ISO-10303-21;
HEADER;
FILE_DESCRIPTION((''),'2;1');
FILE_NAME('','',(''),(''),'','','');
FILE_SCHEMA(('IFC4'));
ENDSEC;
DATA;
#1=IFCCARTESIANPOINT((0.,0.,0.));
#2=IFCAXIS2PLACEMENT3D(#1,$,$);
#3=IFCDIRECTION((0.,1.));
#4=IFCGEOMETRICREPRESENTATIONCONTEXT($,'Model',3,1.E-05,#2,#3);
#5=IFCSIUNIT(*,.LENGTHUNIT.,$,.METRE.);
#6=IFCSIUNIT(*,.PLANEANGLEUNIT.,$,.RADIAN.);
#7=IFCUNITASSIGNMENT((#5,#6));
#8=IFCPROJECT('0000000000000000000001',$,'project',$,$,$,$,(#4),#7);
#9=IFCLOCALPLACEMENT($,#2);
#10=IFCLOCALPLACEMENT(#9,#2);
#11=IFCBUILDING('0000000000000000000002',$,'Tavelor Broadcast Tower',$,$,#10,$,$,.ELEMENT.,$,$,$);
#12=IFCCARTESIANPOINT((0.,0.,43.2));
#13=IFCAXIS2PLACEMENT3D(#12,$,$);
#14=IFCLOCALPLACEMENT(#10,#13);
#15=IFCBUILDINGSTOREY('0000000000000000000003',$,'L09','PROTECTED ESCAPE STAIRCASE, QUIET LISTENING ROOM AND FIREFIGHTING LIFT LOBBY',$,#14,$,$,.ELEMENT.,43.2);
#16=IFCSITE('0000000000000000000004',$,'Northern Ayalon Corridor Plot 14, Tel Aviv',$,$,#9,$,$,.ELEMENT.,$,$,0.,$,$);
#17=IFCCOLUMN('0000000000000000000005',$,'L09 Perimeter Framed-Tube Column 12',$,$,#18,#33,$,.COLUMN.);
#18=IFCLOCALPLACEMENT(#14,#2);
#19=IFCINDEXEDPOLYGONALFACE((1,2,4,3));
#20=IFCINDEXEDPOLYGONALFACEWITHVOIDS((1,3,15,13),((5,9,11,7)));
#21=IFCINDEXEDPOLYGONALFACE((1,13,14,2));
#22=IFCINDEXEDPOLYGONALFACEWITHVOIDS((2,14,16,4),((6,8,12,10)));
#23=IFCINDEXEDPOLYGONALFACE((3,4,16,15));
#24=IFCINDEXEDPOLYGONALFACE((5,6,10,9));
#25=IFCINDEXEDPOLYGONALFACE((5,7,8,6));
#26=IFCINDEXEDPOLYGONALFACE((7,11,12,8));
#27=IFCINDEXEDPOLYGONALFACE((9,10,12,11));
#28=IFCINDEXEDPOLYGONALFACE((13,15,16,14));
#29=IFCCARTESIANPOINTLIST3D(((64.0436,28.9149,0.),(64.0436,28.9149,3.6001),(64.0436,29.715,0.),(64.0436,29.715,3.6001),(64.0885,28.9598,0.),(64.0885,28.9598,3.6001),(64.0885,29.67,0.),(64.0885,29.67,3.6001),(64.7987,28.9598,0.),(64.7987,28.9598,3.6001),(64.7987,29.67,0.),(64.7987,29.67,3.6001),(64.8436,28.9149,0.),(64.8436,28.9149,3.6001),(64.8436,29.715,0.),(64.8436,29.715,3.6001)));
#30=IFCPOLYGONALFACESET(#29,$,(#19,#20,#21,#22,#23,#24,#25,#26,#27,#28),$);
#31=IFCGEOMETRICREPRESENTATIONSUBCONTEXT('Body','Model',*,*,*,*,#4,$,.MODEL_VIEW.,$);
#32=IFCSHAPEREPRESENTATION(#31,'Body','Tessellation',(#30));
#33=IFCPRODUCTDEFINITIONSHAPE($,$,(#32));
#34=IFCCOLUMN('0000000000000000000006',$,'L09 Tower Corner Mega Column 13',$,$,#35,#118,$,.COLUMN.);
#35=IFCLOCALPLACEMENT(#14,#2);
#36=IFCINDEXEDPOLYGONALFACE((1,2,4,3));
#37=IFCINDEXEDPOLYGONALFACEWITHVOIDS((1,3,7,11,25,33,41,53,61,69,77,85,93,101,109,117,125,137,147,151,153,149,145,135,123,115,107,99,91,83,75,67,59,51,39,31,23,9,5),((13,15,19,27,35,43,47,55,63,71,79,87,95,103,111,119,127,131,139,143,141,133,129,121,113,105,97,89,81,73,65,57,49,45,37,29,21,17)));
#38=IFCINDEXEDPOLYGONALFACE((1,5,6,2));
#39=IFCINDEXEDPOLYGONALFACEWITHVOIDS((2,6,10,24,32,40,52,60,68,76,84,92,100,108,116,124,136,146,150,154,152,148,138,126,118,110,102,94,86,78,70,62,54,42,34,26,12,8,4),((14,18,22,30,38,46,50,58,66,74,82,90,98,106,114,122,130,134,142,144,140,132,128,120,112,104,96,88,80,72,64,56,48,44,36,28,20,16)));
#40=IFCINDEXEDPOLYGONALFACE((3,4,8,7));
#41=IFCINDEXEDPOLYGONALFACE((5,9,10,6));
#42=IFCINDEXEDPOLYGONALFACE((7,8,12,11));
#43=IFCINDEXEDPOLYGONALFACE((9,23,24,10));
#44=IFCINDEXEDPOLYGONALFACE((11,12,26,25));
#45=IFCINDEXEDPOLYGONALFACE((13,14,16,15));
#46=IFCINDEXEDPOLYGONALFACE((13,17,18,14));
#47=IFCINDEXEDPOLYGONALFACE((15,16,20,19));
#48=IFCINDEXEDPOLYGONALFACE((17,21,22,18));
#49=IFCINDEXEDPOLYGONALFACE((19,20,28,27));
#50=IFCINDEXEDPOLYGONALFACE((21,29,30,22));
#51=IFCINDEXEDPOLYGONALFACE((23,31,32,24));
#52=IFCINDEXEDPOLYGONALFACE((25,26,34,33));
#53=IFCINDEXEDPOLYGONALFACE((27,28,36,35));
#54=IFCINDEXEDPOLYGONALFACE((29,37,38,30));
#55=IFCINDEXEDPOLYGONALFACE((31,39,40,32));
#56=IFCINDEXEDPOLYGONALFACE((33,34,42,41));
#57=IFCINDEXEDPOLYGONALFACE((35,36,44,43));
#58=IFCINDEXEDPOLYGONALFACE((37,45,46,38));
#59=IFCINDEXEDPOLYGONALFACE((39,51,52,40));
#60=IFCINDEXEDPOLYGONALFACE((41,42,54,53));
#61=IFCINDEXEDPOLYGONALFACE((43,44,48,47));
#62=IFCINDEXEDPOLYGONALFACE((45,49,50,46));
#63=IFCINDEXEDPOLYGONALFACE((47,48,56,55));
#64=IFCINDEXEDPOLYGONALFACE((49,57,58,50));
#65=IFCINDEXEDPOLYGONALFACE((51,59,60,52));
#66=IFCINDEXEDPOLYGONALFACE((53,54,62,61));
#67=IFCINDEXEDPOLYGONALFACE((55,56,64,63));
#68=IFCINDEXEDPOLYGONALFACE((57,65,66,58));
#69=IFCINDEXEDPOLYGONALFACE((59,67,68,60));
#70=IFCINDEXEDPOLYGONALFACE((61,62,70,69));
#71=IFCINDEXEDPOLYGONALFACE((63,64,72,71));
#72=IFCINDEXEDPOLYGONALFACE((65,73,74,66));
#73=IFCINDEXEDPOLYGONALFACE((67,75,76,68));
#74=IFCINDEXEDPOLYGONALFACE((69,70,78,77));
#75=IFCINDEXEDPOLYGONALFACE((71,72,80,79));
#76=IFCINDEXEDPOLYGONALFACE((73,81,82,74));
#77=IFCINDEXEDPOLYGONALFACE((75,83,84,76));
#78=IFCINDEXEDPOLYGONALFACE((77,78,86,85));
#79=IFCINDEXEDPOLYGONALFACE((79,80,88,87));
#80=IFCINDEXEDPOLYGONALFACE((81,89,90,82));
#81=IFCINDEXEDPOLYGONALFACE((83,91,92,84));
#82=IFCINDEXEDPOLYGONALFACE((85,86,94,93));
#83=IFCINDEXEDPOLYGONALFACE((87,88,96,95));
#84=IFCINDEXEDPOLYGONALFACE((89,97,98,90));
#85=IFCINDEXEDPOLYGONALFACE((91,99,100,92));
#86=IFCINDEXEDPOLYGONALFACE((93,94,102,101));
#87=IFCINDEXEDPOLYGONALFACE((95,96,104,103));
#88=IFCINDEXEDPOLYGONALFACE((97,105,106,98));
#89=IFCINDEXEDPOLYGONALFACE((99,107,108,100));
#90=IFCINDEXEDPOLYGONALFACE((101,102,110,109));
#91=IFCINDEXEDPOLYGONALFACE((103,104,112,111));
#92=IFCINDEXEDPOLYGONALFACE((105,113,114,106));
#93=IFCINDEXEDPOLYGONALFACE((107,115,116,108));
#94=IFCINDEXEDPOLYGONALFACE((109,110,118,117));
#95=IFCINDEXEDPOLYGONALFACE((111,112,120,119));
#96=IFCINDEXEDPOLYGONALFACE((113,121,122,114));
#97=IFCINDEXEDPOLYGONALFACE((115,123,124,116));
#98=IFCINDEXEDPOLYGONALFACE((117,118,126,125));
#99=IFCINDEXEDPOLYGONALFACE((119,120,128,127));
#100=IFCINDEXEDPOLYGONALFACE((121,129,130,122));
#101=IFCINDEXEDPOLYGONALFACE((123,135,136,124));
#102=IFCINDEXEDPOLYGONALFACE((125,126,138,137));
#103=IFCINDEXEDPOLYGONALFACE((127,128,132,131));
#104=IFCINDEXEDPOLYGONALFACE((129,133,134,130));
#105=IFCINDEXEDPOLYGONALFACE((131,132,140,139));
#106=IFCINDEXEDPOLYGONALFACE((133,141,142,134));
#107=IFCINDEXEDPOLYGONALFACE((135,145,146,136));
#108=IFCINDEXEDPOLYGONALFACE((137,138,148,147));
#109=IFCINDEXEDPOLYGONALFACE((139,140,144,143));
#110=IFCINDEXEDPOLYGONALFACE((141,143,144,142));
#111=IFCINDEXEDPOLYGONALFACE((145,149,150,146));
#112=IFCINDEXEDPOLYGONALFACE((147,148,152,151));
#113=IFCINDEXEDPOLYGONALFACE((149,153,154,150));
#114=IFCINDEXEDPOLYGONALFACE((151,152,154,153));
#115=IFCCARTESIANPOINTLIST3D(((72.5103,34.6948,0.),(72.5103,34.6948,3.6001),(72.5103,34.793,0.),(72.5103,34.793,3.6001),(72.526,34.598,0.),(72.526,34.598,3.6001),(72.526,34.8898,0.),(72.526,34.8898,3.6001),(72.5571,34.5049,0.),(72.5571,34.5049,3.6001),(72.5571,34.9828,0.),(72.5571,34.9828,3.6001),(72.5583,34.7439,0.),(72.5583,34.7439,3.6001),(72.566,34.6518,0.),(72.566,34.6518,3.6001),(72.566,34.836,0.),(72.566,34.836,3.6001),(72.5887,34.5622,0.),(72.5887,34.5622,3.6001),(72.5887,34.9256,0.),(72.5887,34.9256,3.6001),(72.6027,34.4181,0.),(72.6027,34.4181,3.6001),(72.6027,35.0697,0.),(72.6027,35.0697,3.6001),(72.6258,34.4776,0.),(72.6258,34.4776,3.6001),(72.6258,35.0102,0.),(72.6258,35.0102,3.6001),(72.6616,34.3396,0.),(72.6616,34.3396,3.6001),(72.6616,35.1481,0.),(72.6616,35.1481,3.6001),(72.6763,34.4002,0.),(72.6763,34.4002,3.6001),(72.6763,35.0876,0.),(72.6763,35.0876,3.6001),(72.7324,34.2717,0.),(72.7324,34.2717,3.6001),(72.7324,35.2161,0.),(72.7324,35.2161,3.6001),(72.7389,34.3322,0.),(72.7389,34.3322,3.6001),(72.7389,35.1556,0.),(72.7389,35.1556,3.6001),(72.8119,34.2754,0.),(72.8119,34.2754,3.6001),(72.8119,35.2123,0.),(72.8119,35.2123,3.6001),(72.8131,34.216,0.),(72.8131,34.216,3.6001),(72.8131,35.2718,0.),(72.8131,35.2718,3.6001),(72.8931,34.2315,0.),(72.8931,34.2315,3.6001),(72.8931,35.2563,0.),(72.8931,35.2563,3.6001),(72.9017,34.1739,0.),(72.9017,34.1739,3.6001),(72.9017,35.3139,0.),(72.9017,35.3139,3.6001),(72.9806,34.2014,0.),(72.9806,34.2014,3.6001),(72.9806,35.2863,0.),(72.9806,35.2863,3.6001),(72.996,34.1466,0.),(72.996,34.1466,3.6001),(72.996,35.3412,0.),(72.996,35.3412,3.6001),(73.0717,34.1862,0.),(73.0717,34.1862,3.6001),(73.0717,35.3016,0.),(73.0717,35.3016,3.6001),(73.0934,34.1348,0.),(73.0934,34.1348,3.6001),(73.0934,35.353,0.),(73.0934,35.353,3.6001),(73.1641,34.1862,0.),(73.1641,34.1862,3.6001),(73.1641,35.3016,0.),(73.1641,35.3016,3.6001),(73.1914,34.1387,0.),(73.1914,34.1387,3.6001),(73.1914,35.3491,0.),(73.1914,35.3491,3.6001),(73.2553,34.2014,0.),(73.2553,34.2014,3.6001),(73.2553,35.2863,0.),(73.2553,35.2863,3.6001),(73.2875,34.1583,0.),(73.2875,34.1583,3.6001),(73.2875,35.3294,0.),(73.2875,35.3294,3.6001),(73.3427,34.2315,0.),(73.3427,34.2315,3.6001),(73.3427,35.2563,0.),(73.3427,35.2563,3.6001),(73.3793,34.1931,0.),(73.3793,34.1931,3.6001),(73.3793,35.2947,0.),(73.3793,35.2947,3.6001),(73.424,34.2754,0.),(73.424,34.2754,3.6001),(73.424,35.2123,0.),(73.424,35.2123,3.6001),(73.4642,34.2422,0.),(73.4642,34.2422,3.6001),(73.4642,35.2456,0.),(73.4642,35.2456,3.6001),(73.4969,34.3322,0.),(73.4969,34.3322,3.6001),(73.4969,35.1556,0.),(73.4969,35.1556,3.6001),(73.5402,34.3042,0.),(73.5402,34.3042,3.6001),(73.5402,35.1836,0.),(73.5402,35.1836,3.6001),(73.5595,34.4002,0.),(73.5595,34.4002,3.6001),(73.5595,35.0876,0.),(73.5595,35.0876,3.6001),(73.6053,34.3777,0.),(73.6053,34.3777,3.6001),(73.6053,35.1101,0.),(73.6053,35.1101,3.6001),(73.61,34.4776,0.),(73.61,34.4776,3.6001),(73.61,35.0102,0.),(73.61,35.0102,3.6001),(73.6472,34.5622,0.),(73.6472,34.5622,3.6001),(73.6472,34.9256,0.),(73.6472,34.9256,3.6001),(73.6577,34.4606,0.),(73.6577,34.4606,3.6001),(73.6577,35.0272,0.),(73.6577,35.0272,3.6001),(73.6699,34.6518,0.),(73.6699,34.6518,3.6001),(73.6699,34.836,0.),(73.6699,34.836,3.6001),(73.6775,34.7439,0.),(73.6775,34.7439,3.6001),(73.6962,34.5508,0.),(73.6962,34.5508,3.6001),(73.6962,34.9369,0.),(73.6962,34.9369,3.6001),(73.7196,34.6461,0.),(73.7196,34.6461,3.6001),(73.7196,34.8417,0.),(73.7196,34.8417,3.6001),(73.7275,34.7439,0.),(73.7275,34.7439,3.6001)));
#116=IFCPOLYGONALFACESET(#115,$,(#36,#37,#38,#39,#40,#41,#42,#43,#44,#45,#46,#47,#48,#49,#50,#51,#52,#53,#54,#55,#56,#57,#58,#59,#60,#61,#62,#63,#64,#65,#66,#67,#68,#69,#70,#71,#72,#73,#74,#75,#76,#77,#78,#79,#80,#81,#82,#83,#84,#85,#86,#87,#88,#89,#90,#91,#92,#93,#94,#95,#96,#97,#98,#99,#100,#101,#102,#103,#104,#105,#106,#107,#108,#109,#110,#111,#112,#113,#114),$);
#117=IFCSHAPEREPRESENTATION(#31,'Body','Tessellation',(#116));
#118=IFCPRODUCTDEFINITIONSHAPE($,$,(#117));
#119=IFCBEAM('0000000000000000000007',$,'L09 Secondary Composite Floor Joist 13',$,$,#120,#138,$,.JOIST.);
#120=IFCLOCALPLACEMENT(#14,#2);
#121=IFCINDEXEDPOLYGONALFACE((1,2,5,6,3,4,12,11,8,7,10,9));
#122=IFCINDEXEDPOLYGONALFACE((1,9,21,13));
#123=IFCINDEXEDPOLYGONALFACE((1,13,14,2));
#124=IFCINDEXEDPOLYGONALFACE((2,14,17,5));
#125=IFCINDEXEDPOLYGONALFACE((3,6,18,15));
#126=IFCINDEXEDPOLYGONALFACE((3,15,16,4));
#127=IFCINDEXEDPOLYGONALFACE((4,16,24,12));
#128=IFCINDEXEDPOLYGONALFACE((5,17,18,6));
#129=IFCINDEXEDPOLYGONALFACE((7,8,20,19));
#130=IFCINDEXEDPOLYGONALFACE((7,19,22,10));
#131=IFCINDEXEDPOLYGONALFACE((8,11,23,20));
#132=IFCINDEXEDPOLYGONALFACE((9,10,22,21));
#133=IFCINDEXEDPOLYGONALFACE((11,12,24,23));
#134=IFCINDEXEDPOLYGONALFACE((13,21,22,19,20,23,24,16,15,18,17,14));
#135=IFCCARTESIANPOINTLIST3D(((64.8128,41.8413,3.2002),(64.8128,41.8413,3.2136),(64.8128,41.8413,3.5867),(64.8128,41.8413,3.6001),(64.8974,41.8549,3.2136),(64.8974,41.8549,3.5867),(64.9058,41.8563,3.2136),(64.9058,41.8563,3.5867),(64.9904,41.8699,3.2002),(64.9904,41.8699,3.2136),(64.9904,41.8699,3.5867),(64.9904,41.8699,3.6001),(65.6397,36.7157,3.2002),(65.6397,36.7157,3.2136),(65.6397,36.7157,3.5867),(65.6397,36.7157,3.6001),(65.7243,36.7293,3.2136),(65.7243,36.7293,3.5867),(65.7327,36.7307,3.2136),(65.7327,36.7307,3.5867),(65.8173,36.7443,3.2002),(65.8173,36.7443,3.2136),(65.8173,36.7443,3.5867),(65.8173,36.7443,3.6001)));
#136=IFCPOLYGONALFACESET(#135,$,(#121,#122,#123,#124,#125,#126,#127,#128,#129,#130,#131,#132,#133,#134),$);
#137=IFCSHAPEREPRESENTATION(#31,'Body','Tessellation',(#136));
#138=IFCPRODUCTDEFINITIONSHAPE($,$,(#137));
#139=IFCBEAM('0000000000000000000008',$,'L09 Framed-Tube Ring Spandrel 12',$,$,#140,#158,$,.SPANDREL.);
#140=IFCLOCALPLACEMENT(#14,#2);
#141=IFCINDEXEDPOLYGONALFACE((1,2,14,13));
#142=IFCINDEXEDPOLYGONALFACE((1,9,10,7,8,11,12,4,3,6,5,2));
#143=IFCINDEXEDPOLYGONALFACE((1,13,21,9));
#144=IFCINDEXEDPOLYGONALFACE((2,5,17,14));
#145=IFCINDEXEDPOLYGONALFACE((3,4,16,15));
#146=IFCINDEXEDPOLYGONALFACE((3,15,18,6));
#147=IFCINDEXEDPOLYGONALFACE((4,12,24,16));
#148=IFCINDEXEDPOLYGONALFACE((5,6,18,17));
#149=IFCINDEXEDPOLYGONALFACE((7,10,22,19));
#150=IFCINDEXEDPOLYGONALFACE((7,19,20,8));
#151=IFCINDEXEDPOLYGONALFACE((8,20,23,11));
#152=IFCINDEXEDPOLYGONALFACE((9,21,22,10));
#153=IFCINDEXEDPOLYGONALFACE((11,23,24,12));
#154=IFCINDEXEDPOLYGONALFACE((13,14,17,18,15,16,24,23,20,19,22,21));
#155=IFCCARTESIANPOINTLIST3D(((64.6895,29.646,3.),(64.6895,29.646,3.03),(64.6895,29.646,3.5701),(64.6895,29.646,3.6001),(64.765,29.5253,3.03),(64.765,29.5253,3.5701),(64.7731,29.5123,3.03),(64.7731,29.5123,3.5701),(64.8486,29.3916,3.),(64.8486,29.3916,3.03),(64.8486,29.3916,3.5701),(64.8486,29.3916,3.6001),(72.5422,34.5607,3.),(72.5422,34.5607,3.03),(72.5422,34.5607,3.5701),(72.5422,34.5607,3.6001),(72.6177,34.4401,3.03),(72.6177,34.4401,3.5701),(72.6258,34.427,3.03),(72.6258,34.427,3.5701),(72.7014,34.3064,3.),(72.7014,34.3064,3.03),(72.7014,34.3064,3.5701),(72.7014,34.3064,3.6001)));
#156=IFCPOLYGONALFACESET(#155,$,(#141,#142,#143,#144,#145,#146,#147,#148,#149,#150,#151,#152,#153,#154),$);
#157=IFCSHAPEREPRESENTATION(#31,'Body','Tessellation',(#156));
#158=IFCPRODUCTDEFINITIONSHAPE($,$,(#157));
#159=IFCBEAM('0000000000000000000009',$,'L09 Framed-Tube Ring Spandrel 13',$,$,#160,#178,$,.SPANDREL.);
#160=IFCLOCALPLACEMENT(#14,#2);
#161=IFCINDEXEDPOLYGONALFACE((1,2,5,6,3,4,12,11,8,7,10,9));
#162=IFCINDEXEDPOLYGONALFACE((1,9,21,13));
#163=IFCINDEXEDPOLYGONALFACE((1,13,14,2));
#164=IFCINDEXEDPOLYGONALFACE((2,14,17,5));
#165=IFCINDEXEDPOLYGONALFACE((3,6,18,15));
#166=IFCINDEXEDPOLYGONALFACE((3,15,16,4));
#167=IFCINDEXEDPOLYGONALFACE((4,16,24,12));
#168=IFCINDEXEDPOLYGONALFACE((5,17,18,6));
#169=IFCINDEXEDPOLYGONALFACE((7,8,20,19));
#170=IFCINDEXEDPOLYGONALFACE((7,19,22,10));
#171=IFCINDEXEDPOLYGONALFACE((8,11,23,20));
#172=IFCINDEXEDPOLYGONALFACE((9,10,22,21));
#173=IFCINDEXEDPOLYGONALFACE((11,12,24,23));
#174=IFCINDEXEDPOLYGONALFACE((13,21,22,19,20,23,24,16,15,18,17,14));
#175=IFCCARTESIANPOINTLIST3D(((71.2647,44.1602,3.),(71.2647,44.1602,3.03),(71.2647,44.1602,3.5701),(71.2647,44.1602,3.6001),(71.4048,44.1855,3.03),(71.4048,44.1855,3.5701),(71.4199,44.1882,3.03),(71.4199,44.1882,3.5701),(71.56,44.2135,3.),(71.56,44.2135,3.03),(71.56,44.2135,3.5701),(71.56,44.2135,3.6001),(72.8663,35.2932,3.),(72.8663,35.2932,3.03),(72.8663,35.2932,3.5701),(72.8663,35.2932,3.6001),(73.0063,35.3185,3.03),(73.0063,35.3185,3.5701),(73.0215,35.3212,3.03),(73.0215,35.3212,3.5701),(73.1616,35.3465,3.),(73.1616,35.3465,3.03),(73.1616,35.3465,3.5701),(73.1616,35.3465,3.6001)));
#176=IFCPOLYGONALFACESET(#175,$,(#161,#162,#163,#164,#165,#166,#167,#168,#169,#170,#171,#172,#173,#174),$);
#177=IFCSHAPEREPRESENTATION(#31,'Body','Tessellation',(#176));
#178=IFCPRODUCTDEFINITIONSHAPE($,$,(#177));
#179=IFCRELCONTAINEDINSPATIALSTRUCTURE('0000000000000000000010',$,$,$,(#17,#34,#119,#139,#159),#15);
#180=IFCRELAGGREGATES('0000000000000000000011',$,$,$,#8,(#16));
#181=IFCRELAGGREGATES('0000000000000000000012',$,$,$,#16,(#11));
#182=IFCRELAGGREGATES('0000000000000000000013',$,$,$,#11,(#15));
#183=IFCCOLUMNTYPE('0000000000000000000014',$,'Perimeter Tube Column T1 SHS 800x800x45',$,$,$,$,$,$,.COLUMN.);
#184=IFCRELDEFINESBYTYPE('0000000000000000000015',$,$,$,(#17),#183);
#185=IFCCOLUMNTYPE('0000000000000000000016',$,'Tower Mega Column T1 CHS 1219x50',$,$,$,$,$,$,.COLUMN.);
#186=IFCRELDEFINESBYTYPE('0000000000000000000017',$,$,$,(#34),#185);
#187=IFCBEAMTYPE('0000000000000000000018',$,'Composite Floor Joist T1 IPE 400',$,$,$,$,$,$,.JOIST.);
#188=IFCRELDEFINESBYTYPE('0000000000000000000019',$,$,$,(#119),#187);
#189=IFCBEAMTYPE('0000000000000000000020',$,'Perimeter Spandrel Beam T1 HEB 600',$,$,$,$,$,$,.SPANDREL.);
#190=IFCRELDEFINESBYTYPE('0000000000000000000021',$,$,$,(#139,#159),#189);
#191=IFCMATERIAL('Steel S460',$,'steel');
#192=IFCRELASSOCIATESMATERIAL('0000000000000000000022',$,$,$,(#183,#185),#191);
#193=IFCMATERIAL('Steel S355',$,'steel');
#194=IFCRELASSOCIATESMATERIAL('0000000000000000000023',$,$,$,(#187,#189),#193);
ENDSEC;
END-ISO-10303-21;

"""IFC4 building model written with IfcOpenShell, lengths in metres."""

from ifc_helpers import new_model, si_unit, direction, frame, origin, origin_2d, place, context, subcontext, project, spatial, hollow_rectangle, hollow_circle, i_section, extrude, material, material_profile, profile_set, type_object, element, save


model = new_model("IFC4")

# Units and contexts
model_context = context("Model", 3, precision=1e-05, world=origin(), true_north=direction((0.0, 1.0)))
body_context = subcontext(model_context, "Body", "Model", "MODEL_VIEW")
ifc_project = project(units=[si_unit("LENGTHUNIT", "METRE"), si_unit("PLANEANGLEUNIT", "RADIAN")], contexts=[model_context])

# Site, building, storey
site_placement = place(None, origin())
site = spatial("IfcSite", under=ifc_project, at=site_placement, Name="Northern Ayalon Corridor Plot 14, Tel Aviv", CompositionType="ELEMENT", RefElevation=0.0)
building_placement = place(site_placement, origin())
building = spatial("IfcBuilding", under=site, at=building_placement, Name="Tavelor Broadcast Tower", CompositionType="ELEMENT")
storey_placement = place(building_placement, frame((0.0, 0.0, 43.2)))
storey = spatial("IfcBuildingStorey", under=building, at=storey_placement, Name="L09", Description="PROTECTED ESCAPE STAIRCASE, QUIET LISTENING ROOM AND FIREFIGHTING LIFT LOBBY", CompositionType="ELEMENT", Elevation=43.2)

# Columns
ifc_material_1 = material(Name="Steel S460", Category="steel")
ifc_material_profile_1 = material_profile(ifc_material_1, hollow_rectangle(XDim=0.8, YDim=0.8, WallThickness=0.0449, at=origin_2d()), Name="SHS 800x800x45")
ifc_profile_set_1 = profile_set([ifc_material_profile_1], Name="Steel S460")
column_type_1 = type_object("IfcColumnType", Name="Perimeter Tube Column T1 SHS 800x800x45", PredefinedType="COLUMN", material=ifc_profile_set_1)
column_1_placement = place(storey_placement, frame((64.4436, 29.3149, 0.0), z_axis=(0.0, 0.0, 1.0), x_axis=(1.0, 0.0, 0.0)))
element("IfcColumn", 1, at=column_1_placement, inside=storey, type_object=column_type_1, Name="L09 Perimeter Framed-Tube Column 12", PredefinedType="COLUMN", context=body_context, shape_type="SweptSolid", body=[
    extrude(hollow_rectangle(XDim=0.8, YDim=0.8, WallThickness=0.0449, at=origin_2d()), origin(), (0.0, 0.0, 1.0), 3.6001),
])
ifc_material_profile_2 = material_profile(ifc_material_1, hollow_circle(Radius=0.6096, WallThickness=0.05, at=origin_2d()), Name="CHS 1219x50")
ifc_profile_set_2 = profile_set([ifc_material_profile_2], Name="Steel S460")
column_type_2 = type_object("IfcColumnType", Name="Tower Mega Column T1 CHS 1219x50", PredefinedType="COLUMN", material=ifc_profile_set_2)
column_2_placement = place(storey_placement, frame((73.1179, 34.7439, 0.0), z_axis=(0.0, 0.0, 1.0), x_axis=(1.0, 0.0, 0.0)))
element("IfcColumn", 2, at=column_2_placement, inside=storey, type_object=column_type_2, Name="L09 Tower Corner Mega Column 13", PredefinedType="COLUMN", context=body_context, shape_type="SweptSolid", body=[
    extrude(hollow_circle(Radius=0.6096, WallThickness=0.05, at=origin_2d()), origin(), (0.0, 0.0, 1.0), 3.6001),
])

# Beams
ifc_material_2 = material(Name="Steel S355", Category="steel")
ifc_material_profile_3 = material_profile(ifc_material_2, i_section(OverallWidth=0.1799, OverallDepth=0.3999, WebThickness=0.0085, FlangeThickness=0.0134, at=origin_2d()), Name="IPE 400")
ifc_profile_set_3 = profile_set([ifc_material_profile_3], Name="Steel S355")
beam_type_1 = type_object("IfcBeamType", Name="Composite Floor Joist T1 IPE 400", PredefinedType="JOIST", material=ifc_profile_set_3)
beam_1_placement = place(storey_placement, frame((65.7285, 36.73, 3.4001), z_axis=(-0.159265, 0.987236, 0.0), x_axis=(-0.987236, -0.159265, 0.0)))
element("IfcBeam", 3, at=beam_1_placement, inside=storey, type_object=beam_type_1, Name="L09 Secondary Composite Floor Joist 13", PredefinedType="JOIST", context=body_context, shape_type="SweptSolid", body=[
    extrude(i_section(OverallWidth=0.1799, OverallDepth=0.3999, WebThickness=0.0085, FlangeThickness=0.0134, at=origin_2d()), origin(), (0.0, 0.0, 1.0), 5.1919),
])
ifc_material_profile_4 = material_profile(ifc_material_2, i_section(OverallWidth=0.3, OverallDepth=0.6001, WebThickness=0.0154, FlangeThickness=0.03, at=origin_2d()), Name="HEB 600")
ifc_profile_set_4 = profile_set([ifc_material_profile_4], Name="Steel S355")
beam_type_2 = type_object("IfcBeamType", Name="Perimeter Spandrel Beam T1 HEB 600", PredefinedType="SPANDREL", material=ifc_profile_set_4)
beam_2_placement = place(storey_placement, frame((64.769, 29.5188, 3.3), z_axis=(0.847668, 0.530527, 0.0), x_axis=(-0.530527, 0.847668, 0.0)))
element("IfcBeam", 4, at=beam_2_placement, inside=storey, type_object=beam_type_2, Name="L09 Framed-Tube Ring Spandrel 12", PredefinedType="SPANDREL", context=body_context, shape_type="SweptSolid", body=[
    extrude(i_section(OverallWidth=0.3, OverallDepth=0.6001, WebThickness=0.0154, FlangeThickness=0.03, at=origin_2d()), origin(), (0.0, 0.0, 1.0), 9.2639),
])
beam_3_placement = place(storey_placement, frame((73.0139, 35.3198, 3.3), z_axis=(-0.177746, 0.984076, 0.0), x_axis=(-0.984076, -0.177746, 0.0)))
element("IfcBeam", 5, at=beam_3_placement, inside=storey, type_object=beam_type_2, Name="L09 Framed-Tube Ring Spandrel 13", PredefinedType="SPANDREL", context=body_context, shape_type="SweptSolid", body=[
    extrude(i_section(OverallWidth=0.3, OverallDepth=0.6001, WebThickness=0.0154, FlangeThickness=0.03, at=origin_2d()), origin(), (0.0, 0.0, 1.0), 9.0105),
])

save(model, "model.ifc")
